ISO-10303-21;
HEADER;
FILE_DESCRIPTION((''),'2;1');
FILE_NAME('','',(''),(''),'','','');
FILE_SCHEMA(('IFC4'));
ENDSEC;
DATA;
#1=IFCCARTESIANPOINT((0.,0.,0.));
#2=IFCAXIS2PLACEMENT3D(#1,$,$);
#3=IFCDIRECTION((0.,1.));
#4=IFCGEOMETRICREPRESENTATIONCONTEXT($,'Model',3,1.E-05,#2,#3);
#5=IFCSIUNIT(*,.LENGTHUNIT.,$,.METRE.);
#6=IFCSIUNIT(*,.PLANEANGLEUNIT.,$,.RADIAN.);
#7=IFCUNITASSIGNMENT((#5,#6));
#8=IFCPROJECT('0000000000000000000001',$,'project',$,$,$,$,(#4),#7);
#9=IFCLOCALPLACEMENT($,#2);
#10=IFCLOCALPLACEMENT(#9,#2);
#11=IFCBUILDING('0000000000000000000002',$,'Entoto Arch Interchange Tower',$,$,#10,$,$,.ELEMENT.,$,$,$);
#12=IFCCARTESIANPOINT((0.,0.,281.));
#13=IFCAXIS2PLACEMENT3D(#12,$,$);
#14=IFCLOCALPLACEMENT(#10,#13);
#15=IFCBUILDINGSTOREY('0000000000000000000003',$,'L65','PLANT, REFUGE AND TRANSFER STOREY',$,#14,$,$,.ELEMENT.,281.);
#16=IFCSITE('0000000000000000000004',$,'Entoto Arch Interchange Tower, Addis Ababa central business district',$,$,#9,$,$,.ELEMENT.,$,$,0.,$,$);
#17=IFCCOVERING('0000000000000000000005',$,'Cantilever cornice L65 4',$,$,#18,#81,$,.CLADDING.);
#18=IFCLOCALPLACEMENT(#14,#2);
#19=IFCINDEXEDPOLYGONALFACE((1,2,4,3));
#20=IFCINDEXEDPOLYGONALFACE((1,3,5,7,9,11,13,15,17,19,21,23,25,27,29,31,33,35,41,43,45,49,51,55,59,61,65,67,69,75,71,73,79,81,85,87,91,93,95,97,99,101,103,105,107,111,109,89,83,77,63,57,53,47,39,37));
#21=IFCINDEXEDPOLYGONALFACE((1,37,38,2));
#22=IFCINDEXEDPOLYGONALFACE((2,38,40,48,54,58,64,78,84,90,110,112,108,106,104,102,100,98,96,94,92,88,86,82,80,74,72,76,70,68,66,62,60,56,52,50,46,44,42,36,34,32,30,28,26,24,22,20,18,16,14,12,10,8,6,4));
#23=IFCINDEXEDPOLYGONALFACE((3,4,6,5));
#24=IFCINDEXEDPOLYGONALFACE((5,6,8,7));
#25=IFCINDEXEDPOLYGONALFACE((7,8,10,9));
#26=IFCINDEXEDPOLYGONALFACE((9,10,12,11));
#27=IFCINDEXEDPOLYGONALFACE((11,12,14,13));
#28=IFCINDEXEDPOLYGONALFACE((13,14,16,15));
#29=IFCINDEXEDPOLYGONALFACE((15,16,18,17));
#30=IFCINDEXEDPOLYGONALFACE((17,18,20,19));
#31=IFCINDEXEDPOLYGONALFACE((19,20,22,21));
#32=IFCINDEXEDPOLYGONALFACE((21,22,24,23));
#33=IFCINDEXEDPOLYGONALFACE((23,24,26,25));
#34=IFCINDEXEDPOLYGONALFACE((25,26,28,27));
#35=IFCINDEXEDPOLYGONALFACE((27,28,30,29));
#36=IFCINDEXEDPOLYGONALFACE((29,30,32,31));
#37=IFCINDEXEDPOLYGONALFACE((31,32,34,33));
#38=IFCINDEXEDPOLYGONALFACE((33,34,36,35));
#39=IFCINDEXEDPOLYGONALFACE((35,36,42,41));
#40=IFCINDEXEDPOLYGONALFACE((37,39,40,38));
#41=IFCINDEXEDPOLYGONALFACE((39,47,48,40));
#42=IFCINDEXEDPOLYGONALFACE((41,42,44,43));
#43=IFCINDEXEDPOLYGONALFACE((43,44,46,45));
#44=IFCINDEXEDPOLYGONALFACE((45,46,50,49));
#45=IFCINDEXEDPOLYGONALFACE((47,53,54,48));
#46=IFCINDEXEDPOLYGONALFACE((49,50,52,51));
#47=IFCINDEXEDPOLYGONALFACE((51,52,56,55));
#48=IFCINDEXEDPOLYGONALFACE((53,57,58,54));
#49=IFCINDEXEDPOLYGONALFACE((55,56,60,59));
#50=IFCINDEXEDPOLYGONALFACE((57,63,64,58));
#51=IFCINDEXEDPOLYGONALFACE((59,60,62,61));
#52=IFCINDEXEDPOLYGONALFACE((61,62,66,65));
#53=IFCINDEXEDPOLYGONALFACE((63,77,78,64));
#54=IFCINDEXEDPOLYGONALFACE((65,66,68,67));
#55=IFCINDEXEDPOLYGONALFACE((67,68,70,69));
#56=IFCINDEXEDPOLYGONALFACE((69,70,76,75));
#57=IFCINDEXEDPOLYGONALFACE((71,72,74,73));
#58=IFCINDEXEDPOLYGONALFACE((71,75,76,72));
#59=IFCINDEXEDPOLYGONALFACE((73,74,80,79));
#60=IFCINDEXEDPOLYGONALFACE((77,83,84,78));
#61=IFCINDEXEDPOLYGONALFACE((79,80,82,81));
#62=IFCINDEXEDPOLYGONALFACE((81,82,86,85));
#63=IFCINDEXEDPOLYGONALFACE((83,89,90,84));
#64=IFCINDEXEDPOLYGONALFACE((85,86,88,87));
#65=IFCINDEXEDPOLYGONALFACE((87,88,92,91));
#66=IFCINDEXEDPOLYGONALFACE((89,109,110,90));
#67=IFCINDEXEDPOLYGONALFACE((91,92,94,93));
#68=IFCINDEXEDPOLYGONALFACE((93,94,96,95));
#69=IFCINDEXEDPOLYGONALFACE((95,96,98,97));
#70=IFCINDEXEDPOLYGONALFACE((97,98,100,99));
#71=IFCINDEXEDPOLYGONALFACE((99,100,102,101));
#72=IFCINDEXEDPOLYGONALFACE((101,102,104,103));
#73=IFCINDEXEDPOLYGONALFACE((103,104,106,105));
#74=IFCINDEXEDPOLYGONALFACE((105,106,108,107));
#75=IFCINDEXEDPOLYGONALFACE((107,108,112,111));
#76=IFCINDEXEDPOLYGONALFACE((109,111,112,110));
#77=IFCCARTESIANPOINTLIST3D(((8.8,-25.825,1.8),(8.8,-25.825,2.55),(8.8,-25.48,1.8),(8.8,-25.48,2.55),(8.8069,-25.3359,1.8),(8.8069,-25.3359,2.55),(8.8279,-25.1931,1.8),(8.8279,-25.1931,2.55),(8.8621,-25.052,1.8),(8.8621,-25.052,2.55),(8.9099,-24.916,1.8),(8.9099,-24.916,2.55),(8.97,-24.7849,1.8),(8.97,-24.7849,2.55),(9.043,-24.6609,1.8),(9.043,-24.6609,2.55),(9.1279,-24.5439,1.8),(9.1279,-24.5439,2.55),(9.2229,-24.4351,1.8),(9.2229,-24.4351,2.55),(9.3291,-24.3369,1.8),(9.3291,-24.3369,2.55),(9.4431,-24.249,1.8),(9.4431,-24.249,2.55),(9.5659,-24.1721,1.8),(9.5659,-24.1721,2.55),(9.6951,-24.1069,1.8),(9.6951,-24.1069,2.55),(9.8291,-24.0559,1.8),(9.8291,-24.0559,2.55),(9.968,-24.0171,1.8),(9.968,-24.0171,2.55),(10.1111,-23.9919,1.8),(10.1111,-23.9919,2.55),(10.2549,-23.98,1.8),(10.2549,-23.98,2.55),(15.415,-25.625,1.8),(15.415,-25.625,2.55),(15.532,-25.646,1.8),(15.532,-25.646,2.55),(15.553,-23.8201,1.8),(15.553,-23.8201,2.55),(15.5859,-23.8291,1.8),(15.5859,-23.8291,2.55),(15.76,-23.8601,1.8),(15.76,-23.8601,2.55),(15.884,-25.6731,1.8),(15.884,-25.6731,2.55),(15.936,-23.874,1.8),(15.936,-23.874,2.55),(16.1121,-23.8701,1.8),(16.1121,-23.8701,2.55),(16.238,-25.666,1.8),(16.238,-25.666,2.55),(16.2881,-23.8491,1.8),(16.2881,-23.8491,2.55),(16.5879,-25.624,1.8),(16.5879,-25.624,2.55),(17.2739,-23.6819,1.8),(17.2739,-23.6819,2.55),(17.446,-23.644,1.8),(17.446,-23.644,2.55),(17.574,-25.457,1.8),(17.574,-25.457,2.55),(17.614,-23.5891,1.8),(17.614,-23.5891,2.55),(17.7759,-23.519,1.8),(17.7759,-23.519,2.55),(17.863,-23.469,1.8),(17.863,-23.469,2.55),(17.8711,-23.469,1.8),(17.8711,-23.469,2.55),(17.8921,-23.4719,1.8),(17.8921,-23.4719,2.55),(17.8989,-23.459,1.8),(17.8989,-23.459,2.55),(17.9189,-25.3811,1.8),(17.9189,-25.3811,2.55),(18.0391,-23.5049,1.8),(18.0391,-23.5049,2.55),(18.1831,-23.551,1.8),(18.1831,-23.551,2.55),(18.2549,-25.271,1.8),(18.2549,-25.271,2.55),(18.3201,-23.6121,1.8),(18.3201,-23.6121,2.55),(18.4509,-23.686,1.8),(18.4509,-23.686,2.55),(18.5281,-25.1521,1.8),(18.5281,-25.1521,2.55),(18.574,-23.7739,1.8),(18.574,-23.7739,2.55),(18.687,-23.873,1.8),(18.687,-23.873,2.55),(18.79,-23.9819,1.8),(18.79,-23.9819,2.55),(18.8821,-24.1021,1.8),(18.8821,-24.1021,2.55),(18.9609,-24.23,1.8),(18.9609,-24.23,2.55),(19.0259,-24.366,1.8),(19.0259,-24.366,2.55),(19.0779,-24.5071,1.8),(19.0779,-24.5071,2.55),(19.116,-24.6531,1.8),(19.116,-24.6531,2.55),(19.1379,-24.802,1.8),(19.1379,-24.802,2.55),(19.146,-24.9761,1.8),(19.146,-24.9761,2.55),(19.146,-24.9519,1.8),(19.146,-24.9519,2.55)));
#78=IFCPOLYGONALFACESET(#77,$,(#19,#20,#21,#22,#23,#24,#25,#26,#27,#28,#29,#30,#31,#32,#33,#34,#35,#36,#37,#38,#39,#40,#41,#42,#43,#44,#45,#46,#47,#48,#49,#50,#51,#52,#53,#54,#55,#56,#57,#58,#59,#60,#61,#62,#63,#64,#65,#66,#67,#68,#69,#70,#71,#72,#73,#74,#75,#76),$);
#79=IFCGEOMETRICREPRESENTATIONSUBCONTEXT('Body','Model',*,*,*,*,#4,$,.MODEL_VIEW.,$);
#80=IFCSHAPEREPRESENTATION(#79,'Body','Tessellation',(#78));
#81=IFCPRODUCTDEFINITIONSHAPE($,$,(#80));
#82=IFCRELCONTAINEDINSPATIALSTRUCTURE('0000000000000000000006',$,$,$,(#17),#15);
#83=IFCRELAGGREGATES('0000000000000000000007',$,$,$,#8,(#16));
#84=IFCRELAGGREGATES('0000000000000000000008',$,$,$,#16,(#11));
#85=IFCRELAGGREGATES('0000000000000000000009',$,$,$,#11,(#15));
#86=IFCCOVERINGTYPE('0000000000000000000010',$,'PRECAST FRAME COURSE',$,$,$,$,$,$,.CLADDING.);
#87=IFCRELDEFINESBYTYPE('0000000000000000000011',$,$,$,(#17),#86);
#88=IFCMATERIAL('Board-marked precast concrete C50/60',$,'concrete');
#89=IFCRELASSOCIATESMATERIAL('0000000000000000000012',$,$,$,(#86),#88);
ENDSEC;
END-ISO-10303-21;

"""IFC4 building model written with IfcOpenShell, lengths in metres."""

from ifc_helpers import new_model, si_unit, direction, frame, origin, place, context, subcontext, project, spatial, polyline, outline, extrude, material, type_object, element, save


model = new_model("IFC4")

# Units and contexts
model_context = context("Model", 3, precision=1e-05, world=origin(), true_north=direction((0.0, 1.0)))
body_context = subcontext(model_context, "Body", "Model", "MODEL_VIEW")
ifc_project = project(units=[si_unit("LENGTHUNIT", "METRE"), si_unit("PLANEANGLEUNIT", "RADIAN")], contexts=[model_context])

# Site, building, storey
site_placement = place(None, origin())
site = spatial("IfcSite", under=ifc_project, at=site_placement, Name="Entoto Arch Interchange Tower, Addis Ababa central business district", CompositionType="ELEMENT", RefElevation=0.0)
building_placement = place(site_placement, origin())
building = spatial("IfcBuilding", under=site, at=building_placement, Name="Entoto Arch Interchange Tower", CompositionType="ELEMENT")
storey_placement = place(building_placement, frame((0.0, 0.0, 281.0)))
storey = spatial("IfcBuildingStorey", under=building, at=storey_placement, Name="L65", Description="PLANT, REFUGE AND TRANSFER STOREY", CompositionType="ELEMENT", Elevation=281.0)

# Covering
ifc_material_1 = material(Name="Board-marked precast concrete C50/60", Category="concrete")
covering_type = type_object("IfcCoveringType", Name="PRECAST FRAME COURSE", PredefinedType="CLADDING", material=ifc_material_1)
covering_1_placement = place(storey_placement, frame((0.0, 0.0, 1.8)))
element("IfcCovering", 1, at=covering_1_placement, inside=storey, type_object=covering_type, Name="Cantilever cornice L65 4", PredefinedType="CLADDING", context=body_context, shape_type="SweptSolid", body=[
    extrude(outline(polyline([(18.1831, -23.551), (18.3201, -23.6121), (18.4509, -23.686), (18.574, -23.7739), (18.687, -23.873), (18.79, -23.9819), (18.8821, -24.1021), (18.9609, -24.23), (19.0259, -24.366), (19.0779, -24.5071), (19.116, -24.6531), (19.1379, -24.802), (19.146, -24.9519), (19.146, -24.9761), (18.5281, -25.1521), (18.2549, -25.271), (17.9189, -25.3811), (17.574, -25.457), (16.5879, -25.624), (16.238, -25.666), (15.884, -25.6731), (15.532, -25.646), (15.415, -25.625), (8.8, -25.825), (8.8, -25.48), (8.8069, -25.3359), (8.8279, -25.1931), (8.8621, -25.052), (8.9099, -24.916), (8.97, -24.7849), (9.043, -24.6609), (9.1279, -24.5439), (9.2229, -24.4351), (9.3291, -24.3369), (9.4431, -24.249), (9.5659, -24.1721), (9.6951, -24.1069), (9.8291, -24.0559), (9.968, -24.0171), (10.1111, -23.9919), (10.2549, -23.98), (10.2549, -23.98), (15.553, -23.8201), (15.5859, -23.8291), (15.76, -23.8601), (15.936, -23.874), (16.1121, -23.8701), (16.2881, -23.8491), (17.2739, -23.6819), (17.446, -23.644), (17.614, -23.5891), (17.7759, -23.519), (17.863, -23.469), (17.8989, -23.459), (17.8711, -23.469), (17.8921, -23.4719), (18.0391, -23.5049), (18.1831, -23.551)])), origin(), (0.0, 0.0, 1.0), 0.75),
])

save(model, "model.ifc")
